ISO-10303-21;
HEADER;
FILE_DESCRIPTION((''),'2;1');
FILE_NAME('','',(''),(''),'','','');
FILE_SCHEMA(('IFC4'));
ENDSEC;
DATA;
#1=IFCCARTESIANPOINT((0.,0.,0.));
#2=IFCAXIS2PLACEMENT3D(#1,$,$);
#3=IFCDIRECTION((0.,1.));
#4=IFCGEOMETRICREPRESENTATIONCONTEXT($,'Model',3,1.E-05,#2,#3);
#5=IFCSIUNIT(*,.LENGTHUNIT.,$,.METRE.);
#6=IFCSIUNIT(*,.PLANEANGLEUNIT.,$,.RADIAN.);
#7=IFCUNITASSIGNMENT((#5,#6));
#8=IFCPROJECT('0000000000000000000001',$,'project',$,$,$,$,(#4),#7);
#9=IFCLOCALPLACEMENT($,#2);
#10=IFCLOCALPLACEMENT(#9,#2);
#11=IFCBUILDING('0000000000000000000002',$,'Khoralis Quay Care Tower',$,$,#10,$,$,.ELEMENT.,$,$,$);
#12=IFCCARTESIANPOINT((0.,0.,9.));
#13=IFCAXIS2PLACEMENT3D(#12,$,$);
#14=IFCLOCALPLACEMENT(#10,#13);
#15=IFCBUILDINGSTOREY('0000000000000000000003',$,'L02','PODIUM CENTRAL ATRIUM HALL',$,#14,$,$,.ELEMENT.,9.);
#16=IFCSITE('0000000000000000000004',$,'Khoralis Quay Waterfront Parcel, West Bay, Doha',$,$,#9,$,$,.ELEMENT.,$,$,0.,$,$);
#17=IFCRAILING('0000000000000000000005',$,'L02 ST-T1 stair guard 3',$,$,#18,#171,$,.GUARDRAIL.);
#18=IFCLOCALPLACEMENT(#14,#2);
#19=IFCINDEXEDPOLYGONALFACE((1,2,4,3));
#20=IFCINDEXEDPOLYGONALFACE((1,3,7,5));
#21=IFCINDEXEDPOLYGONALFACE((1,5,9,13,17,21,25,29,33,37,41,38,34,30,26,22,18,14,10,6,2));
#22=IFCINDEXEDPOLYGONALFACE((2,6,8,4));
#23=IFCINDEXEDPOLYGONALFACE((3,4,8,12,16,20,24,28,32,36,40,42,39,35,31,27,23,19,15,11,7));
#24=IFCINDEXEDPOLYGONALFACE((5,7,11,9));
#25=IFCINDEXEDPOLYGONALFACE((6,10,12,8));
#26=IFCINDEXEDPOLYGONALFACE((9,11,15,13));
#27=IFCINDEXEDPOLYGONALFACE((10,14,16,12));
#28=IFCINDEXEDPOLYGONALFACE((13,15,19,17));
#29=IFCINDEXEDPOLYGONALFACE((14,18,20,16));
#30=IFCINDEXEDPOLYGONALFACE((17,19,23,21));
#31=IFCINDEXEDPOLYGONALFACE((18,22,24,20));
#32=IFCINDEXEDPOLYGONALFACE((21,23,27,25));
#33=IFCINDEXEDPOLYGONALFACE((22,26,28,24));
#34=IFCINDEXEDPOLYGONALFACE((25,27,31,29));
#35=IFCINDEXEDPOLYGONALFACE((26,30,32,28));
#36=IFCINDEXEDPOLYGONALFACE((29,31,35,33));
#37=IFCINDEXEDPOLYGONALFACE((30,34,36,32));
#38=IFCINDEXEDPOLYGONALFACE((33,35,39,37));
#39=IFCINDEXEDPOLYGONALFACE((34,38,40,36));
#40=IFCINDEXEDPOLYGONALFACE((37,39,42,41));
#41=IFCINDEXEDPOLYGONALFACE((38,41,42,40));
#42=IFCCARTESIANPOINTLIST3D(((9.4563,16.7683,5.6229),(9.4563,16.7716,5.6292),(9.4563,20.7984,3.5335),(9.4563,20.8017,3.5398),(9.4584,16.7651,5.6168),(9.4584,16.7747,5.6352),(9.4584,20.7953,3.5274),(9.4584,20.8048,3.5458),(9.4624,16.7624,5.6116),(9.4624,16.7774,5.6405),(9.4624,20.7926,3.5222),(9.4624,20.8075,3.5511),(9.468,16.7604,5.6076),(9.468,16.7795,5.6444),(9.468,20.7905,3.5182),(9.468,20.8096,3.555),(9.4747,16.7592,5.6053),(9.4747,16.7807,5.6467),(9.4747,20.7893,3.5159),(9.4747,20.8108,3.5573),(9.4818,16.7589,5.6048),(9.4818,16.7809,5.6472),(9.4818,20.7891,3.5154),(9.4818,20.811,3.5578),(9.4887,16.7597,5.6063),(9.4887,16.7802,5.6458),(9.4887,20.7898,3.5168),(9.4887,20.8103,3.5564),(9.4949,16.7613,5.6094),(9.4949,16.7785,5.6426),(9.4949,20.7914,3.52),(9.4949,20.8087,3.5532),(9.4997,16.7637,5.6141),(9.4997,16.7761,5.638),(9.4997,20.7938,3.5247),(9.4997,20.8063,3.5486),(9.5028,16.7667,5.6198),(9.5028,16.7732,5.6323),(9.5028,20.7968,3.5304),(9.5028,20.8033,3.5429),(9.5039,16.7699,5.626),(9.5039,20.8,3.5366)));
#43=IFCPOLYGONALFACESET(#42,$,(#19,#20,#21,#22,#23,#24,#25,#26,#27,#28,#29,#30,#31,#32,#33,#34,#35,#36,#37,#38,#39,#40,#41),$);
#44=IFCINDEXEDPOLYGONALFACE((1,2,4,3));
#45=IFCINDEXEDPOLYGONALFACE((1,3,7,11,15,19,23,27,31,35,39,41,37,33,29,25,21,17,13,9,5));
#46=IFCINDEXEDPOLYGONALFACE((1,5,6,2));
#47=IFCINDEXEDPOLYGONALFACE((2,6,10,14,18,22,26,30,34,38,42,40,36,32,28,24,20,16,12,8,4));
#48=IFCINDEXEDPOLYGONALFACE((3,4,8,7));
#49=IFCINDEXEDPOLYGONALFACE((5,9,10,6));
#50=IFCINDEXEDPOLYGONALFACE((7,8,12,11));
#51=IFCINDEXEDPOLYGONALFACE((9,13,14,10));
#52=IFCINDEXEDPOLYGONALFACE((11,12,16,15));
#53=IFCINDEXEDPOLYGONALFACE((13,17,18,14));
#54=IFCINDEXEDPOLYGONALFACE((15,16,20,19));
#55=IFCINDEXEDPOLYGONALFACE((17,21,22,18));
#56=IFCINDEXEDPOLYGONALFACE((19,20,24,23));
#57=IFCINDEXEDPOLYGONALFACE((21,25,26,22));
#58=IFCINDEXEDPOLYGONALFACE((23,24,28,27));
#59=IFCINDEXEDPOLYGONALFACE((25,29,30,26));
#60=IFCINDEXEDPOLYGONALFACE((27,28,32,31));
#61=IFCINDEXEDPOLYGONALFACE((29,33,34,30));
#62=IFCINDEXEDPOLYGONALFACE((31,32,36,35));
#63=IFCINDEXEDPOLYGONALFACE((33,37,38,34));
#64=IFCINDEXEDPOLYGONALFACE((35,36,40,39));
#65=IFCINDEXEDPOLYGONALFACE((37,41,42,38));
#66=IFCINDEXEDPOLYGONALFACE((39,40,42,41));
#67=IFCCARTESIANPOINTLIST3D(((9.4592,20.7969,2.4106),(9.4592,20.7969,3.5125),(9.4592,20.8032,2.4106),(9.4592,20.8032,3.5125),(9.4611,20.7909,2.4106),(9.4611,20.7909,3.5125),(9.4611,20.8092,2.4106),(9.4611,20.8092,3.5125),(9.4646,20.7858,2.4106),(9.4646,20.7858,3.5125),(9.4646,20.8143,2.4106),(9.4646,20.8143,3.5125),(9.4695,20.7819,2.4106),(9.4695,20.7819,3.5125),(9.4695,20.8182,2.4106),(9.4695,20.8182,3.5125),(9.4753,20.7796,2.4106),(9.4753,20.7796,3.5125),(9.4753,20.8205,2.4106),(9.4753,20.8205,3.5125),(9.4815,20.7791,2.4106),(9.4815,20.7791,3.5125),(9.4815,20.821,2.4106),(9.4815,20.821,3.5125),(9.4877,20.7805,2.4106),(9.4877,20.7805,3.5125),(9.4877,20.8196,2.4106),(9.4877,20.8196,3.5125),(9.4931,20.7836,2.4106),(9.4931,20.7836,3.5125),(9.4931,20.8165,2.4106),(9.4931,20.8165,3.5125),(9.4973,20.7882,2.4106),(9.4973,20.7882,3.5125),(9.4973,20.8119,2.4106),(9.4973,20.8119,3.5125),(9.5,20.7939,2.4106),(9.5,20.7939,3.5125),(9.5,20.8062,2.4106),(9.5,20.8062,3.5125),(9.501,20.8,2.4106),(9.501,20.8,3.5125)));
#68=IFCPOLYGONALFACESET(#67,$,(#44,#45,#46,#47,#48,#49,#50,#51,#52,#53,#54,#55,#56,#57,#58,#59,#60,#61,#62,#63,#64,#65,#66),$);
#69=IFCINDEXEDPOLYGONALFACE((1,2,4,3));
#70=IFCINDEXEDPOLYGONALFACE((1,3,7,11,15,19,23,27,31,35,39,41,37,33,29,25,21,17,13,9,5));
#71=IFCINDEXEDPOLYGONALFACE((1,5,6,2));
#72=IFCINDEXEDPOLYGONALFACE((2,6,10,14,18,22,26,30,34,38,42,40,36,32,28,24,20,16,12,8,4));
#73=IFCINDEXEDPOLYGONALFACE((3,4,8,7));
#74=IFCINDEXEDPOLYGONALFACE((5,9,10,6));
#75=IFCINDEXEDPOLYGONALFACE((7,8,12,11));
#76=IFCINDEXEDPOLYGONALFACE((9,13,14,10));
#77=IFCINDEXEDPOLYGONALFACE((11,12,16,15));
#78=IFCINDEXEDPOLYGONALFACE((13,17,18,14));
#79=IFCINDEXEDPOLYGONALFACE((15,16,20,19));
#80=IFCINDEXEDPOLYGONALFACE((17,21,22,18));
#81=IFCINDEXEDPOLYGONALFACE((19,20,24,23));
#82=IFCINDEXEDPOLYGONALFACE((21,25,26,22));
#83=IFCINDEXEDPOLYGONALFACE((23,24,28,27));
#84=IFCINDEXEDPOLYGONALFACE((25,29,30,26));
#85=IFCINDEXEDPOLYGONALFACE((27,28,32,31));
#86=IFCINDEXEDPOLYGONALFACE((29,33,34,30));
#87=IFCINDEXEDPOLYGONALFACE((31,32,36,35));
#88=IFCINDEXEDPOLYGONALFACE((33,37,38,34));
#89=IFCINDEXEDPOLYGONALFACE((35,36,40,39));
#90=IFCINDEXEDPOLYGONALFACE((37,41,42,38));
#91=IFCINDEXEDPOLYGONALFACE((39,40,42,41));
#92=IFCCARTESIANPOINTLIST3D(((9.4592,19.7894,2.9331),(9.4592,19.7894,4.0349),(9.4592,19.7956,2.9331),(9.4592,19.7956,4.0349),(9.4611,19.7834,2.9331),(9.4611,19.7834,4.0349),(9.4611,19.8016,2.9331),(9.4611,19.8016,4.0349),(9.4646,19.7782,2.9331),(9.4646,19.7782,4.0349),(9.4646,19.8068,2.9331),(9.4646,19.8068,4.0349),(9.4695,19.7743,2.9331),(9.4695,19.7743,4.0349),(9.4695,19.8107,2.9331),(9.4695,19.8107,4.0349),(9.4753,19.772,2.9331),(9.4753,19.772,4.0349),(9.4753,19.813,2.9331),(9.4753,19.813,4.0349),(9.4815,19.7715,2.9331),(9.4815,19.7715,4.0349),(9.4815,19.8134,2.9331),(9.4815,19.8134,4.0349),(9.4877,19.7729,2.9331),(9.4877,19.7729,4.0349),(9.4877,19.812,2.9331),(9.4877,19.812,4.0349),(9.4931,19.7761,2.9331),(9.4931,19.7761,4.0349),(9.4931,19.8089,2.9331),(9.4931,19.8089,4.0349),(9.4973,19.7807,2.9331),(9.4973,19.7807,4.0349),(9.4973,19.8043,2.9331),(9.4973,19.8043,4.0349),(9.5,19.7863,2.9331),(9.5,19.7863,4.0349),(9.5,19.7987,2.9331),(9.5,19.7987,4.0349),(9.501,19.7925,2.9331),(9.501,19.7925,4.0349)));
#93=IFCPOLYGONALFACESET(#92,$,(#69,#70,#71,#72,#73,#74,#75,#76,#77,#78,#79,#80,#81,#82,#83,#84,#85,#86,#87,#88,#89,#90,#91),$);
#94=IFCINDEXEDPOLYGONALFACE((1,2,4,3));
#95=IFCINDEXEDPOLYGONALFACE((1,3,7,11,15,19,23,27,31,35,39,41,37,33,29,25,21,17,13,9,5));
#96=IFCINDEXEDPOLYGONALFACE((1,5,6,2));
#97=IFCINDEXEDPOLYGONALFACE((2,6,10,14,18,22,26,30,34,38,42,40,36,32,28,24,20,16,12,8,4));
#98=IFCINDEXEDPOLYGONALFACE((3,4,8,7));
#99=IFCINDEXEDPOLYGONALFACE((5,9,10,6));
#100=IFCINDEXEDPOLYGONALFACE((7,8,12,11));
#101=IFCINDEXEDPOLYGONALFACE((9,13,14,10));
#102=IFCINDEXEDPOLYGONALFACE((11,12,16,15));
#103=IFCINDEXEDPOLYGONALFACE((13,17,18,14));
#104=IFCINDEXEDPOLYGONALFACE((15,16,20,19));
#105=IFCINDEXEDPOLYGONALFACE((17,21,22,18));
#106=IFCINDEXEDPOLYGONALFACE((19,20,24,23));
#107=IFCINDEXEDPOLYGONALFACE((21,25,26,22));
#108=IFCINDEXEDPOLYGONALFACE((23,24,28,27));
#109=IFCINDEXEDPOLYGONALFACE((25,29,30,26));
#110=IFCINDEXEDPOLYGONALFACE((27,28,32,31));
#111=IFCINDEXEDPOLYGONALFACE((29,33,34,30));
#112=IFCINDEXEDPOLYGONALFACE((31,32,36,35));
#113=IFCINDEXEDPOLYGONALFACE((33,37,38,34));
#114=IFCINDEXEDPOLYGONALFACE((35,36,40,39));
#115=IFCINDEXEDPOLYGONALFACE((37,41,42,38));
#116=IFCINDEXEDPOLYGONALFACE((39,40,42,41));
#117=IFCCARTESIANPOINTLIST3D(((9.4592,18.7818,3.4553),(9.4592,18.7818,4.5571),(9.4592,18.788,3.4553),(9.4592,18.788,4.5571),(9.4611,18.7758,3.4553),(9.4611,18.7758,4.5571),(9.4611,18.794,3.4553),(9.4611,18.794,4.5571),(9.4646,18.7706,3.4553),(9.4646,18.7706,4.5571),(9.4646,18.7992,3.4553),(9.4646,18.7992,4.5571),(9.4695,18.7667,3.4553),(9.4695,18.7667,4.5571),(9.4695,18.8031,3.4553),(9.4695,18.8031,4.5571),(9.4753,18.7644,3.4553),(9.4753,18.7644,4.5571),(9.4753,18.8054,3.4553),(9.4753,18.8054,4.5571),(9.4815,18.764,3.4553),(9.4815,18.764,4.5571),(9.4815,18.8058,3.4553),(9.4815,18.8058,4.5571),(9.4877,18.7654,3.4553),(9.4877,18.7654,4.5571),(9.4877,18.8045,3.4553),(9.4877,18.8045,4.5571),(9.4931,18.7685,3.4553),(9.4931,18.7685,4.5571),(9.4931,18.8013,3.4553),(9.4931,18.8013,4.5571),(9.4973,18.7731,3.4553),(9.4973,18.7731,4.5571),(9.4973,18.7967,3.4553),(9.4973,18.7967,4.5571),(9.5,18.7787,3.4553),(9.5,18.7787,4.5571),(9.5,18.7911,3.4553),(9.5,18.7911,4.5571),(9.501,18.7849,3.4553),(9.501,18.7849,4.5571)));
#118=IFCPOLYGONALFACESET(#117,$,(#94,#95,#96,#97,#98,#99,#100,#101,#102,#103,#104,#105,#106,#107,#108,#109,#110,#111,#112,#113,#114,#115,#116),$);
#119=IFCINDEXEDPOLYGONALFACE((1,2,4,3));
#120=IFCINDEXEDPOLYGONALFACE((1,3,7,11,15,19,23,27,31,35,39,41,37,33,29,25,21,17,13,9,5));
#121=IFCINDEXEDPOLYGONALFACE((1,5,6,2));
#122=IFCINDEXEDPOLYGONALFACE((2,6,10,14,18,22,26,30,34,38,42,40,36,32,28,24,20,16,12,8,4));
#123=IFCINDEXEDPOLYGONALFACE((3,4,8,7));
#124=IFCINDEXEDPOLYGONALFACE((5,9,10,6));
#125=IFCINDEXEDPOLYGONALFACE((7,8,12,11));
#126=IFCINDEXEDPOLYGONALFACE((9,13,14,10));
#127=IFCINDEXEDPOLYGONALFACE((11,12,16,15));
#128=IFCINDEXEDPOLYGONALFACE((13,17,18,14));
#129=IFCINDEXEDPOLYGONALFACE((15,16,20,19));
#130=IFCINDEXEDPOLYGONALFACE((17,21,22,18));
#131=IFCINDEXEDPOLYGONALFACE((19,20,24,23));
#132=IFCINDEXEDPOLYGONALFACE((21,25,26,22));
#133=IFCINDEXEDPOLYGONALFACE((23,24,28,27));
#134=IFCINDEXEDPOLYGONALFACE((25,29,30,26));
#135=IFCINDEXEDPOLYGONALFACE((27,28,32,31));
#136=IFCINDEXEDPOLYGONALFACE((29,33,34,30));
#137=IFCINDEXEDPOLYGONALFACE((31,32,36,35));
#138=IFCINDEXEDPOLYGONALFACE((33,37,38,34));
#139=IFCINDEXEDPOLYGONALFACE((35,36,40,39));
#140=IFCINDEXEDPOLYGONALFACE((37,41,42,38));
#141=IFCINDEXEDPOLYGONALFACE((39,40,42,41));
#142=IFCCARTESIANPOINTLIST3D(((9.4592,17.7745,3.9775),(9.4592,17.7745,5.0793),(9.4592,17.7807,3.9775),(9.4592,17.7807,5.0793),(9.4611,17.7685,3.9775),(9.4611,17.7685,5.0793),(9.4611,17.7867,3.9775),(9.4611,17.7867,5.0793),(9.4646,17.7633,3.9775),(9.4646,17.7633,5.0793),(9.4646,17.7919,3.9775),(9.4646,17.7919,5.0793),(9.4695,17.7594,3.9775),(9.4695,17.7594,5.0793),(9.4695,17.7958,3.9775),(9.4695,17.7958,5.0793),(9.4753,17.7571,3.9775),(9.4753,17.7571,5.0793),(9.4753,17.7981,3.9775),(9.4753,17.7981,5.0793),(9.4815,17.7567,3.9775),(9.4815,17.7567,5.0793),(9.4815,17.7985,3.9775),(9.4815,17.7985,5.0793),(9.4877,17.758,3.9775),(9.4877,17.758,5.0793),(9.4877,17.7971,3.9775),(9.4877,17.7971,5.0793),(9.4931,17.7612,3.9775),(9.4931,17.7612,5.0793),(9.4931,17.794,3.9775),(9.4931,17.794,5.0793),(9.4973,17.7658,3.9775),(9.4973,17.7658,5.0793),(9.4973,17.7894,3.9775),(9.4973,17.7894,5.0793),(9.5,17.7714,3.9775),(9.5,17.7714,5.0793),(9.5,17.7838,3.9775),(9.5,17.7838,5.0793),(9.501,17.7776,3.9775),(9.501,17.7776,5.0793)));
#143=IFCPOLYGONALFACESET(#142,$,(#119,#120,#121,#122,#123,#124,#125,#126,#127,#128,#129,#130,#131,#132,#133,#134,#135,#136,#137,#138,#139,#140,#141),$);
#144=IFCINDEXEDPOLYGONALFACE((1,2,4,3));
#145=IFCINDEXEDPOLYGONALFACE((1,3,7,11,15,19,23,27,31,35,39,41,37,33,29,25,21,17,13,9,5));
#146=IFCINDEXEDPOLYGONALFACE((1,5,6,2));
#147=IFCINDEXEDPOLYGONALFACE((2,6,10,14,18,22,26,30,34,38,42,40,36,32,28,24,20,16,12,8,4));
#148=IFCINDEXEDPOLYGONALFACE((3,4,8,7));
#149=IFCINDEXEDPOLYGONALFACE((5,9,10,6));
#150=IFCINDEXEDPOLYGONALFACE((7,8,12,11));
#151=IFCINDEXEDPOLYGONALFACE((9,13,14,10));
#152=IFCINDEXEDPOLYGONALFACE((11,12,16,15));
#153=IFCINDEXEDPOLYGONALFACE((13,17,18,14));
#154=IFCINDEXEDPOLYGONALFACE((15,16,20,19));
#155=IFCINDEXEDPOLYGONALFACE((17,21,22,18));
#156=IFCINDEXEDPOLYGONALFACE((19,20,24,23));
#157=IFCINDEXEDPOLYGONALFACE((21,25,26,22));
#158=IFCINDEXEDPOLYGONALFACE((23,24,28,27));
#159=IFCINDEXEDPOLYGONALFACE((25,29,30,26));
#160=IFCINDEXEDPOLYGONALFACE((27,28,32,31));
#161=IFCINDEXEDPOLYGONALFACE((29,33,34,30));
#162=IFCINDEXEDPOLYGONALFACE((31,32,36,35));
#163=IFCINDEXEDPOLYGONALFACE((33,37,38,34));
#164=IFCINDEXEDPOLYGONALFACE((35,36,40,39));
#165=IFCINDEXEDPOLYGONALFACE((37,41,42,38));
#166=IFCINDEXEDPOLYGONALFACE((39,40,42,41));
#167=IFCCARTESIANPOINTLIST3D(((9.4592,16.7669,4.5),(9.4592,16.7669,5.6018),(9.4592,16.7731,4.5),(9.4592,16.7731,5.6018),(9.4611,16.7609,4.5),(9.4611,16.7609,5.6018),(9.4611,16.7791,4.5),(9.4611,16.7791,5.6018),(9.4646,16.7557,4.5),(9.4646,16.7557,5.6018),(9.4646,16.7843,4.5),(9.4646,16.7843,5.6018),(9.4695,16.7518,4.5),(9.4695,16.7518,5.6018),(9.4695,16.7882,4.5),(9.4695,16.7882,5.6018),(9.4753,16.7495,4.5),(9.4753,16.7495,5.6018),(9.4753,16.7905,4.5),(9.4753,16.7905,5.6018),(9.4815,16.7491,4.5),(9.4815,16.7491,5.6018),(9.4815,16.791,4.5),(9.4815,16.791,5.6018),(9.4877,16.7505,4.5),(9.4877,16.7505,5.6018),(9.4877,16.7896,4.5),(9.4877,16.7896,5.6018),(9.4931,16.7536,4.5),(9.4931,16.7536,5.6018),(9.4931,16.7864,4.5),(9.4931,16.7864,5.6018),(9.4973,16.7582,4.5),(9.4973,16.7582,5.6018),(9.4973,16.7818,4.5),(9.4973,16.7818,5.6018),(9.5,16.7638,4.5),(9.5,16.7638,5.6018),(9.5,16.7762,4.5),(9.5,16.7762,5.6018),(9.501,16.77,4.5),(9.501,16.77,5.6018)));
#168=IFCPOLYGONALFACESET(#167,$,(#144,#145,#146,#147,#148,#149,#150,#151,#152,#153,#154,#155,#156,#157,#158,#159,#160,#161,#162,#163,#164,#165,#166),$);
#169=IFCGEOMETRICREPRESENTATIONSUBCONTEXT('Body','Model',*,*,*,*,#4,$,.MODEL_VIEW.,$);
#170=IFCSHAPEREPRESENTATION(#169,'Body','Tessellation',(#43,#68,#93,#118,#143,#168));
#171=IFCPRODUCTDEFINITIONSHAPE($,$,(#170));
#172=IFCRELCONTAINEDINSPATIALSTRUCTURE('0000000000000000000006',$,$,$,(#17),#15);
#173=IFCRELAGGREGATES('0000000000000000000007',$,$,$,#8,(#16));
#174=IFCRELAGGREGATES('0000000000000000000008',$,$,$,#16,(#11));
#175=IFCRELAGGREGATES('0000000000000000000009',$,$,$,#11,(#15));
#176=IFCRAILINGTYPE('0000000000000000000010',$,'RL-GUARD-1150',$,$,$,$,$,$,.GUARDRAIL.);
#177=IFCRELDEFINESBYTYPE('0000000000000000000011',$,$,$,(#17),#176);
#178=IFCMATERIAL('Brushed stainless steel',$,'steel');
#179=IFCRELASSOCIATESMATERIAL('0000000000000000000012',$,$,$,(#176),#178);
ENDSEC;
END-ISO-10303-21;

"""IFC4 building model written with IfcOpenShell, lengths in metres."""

from ifc_helpers import new_model, si_unit, direction, frame, origin, origin_2d, place, context, subcontext, project, spatial, circle, extrude, material, type_object, element, save


model = new_model("IFC4")

# Units and contexts
model_context = context("Model", 3, precision=1e-05, world=origin(), true_north=direction((0.0, 1.0)))
body_context = subcontext(model_context, "Body", "Model", "MODEL_VIEW")
ifc_project = project(units=[si_unit("LENGTHUNIT", "METRE"), si_unit("PLANEANGLEUNIT", "RADIAN")], contexts=[model_context])

# Site, building, storey
site_placement = place(None, origin())
site = spatial("IfcSite", under=ifc_project, at=site_placement, Name="Khoralis Quay Waterfront Parcel, West Bay, Doha", CompositionType="ELEMENT", RefElevation=0.0)
building_placement = place(site_placement, origin())
building = spatial("IfcBuilding", under=site, at=building_placement, Name="Khoralis Quay Care Tower", CompositionType="ELEMENT")
storey_placement = place(building_placement, frame((0.0, 0.0, 9.0)))
storey = spatial("IfcBuildingStorey", under=building, at=storey_placement, Name="L02", Description="PODIUM CENTRAL ATRIUM HALL", CompositionType="ELEMENT", Elevation=9.0)

# Shared definitions
ifc_material_1 = material(Name="Brushed stainless steel", Category="steel")

# Railing
railing_type_1 = type_object("IfcRailingType", Name="RL-GUARD-1150", PredefinedType="GUARDRAIL", material=ifc_material_1)
railing_1_placement = place(storey_placement, frame((9.48, 20.8, 2.4106)))
element("IfcRailing", 1, at=railing_1_placement, inside=storey, type_object=railing_type_1, Name="L02 ST-T1 stair guard 3", PredefinedType="GUARDRAIL", context=body_context, shape_type="SweptSolid", body=[
    extrude(circle(Radius=0.0239, at=origin_2d()), frame((0.0, 0.0, 1.126), z_axis=(0.0, -0.887781, 0.460267), x_axis=(1.0, 0.0, 0.0)), (0.0, 0.0, 1.0), 4.5396),
    extrude(circle(Radius=0.021, at=origin_2d()), origin(), (0.0, 0.0, 1.0), 1.1018),
    extrude(circle(Radius=0.021, at=origin_2d()), frame((0.0, -1.0076, 0.5225)), (0.0, 0.0, 1.0), 1.1018),
    extrude(circle(Radius=0.021, at=origin_2d()), frame((0.0, -2.0151, 1.0447)), (0.0, 0.0, 1.0), 1.1018),
    extrude(circle(Radius=0.021, at=origin_2d()), frame((0.0, -3.0225, 1.5669)), (0.0, 0.0, 1.0), 1.1018),
    extrude(circle(Radius=0.021, at=origin_2d()), frame((0.0, -4.03, 2.0894)), (0.0, 0.0, 1.0), 1.1018),
])

save(model, "model.ifc")
